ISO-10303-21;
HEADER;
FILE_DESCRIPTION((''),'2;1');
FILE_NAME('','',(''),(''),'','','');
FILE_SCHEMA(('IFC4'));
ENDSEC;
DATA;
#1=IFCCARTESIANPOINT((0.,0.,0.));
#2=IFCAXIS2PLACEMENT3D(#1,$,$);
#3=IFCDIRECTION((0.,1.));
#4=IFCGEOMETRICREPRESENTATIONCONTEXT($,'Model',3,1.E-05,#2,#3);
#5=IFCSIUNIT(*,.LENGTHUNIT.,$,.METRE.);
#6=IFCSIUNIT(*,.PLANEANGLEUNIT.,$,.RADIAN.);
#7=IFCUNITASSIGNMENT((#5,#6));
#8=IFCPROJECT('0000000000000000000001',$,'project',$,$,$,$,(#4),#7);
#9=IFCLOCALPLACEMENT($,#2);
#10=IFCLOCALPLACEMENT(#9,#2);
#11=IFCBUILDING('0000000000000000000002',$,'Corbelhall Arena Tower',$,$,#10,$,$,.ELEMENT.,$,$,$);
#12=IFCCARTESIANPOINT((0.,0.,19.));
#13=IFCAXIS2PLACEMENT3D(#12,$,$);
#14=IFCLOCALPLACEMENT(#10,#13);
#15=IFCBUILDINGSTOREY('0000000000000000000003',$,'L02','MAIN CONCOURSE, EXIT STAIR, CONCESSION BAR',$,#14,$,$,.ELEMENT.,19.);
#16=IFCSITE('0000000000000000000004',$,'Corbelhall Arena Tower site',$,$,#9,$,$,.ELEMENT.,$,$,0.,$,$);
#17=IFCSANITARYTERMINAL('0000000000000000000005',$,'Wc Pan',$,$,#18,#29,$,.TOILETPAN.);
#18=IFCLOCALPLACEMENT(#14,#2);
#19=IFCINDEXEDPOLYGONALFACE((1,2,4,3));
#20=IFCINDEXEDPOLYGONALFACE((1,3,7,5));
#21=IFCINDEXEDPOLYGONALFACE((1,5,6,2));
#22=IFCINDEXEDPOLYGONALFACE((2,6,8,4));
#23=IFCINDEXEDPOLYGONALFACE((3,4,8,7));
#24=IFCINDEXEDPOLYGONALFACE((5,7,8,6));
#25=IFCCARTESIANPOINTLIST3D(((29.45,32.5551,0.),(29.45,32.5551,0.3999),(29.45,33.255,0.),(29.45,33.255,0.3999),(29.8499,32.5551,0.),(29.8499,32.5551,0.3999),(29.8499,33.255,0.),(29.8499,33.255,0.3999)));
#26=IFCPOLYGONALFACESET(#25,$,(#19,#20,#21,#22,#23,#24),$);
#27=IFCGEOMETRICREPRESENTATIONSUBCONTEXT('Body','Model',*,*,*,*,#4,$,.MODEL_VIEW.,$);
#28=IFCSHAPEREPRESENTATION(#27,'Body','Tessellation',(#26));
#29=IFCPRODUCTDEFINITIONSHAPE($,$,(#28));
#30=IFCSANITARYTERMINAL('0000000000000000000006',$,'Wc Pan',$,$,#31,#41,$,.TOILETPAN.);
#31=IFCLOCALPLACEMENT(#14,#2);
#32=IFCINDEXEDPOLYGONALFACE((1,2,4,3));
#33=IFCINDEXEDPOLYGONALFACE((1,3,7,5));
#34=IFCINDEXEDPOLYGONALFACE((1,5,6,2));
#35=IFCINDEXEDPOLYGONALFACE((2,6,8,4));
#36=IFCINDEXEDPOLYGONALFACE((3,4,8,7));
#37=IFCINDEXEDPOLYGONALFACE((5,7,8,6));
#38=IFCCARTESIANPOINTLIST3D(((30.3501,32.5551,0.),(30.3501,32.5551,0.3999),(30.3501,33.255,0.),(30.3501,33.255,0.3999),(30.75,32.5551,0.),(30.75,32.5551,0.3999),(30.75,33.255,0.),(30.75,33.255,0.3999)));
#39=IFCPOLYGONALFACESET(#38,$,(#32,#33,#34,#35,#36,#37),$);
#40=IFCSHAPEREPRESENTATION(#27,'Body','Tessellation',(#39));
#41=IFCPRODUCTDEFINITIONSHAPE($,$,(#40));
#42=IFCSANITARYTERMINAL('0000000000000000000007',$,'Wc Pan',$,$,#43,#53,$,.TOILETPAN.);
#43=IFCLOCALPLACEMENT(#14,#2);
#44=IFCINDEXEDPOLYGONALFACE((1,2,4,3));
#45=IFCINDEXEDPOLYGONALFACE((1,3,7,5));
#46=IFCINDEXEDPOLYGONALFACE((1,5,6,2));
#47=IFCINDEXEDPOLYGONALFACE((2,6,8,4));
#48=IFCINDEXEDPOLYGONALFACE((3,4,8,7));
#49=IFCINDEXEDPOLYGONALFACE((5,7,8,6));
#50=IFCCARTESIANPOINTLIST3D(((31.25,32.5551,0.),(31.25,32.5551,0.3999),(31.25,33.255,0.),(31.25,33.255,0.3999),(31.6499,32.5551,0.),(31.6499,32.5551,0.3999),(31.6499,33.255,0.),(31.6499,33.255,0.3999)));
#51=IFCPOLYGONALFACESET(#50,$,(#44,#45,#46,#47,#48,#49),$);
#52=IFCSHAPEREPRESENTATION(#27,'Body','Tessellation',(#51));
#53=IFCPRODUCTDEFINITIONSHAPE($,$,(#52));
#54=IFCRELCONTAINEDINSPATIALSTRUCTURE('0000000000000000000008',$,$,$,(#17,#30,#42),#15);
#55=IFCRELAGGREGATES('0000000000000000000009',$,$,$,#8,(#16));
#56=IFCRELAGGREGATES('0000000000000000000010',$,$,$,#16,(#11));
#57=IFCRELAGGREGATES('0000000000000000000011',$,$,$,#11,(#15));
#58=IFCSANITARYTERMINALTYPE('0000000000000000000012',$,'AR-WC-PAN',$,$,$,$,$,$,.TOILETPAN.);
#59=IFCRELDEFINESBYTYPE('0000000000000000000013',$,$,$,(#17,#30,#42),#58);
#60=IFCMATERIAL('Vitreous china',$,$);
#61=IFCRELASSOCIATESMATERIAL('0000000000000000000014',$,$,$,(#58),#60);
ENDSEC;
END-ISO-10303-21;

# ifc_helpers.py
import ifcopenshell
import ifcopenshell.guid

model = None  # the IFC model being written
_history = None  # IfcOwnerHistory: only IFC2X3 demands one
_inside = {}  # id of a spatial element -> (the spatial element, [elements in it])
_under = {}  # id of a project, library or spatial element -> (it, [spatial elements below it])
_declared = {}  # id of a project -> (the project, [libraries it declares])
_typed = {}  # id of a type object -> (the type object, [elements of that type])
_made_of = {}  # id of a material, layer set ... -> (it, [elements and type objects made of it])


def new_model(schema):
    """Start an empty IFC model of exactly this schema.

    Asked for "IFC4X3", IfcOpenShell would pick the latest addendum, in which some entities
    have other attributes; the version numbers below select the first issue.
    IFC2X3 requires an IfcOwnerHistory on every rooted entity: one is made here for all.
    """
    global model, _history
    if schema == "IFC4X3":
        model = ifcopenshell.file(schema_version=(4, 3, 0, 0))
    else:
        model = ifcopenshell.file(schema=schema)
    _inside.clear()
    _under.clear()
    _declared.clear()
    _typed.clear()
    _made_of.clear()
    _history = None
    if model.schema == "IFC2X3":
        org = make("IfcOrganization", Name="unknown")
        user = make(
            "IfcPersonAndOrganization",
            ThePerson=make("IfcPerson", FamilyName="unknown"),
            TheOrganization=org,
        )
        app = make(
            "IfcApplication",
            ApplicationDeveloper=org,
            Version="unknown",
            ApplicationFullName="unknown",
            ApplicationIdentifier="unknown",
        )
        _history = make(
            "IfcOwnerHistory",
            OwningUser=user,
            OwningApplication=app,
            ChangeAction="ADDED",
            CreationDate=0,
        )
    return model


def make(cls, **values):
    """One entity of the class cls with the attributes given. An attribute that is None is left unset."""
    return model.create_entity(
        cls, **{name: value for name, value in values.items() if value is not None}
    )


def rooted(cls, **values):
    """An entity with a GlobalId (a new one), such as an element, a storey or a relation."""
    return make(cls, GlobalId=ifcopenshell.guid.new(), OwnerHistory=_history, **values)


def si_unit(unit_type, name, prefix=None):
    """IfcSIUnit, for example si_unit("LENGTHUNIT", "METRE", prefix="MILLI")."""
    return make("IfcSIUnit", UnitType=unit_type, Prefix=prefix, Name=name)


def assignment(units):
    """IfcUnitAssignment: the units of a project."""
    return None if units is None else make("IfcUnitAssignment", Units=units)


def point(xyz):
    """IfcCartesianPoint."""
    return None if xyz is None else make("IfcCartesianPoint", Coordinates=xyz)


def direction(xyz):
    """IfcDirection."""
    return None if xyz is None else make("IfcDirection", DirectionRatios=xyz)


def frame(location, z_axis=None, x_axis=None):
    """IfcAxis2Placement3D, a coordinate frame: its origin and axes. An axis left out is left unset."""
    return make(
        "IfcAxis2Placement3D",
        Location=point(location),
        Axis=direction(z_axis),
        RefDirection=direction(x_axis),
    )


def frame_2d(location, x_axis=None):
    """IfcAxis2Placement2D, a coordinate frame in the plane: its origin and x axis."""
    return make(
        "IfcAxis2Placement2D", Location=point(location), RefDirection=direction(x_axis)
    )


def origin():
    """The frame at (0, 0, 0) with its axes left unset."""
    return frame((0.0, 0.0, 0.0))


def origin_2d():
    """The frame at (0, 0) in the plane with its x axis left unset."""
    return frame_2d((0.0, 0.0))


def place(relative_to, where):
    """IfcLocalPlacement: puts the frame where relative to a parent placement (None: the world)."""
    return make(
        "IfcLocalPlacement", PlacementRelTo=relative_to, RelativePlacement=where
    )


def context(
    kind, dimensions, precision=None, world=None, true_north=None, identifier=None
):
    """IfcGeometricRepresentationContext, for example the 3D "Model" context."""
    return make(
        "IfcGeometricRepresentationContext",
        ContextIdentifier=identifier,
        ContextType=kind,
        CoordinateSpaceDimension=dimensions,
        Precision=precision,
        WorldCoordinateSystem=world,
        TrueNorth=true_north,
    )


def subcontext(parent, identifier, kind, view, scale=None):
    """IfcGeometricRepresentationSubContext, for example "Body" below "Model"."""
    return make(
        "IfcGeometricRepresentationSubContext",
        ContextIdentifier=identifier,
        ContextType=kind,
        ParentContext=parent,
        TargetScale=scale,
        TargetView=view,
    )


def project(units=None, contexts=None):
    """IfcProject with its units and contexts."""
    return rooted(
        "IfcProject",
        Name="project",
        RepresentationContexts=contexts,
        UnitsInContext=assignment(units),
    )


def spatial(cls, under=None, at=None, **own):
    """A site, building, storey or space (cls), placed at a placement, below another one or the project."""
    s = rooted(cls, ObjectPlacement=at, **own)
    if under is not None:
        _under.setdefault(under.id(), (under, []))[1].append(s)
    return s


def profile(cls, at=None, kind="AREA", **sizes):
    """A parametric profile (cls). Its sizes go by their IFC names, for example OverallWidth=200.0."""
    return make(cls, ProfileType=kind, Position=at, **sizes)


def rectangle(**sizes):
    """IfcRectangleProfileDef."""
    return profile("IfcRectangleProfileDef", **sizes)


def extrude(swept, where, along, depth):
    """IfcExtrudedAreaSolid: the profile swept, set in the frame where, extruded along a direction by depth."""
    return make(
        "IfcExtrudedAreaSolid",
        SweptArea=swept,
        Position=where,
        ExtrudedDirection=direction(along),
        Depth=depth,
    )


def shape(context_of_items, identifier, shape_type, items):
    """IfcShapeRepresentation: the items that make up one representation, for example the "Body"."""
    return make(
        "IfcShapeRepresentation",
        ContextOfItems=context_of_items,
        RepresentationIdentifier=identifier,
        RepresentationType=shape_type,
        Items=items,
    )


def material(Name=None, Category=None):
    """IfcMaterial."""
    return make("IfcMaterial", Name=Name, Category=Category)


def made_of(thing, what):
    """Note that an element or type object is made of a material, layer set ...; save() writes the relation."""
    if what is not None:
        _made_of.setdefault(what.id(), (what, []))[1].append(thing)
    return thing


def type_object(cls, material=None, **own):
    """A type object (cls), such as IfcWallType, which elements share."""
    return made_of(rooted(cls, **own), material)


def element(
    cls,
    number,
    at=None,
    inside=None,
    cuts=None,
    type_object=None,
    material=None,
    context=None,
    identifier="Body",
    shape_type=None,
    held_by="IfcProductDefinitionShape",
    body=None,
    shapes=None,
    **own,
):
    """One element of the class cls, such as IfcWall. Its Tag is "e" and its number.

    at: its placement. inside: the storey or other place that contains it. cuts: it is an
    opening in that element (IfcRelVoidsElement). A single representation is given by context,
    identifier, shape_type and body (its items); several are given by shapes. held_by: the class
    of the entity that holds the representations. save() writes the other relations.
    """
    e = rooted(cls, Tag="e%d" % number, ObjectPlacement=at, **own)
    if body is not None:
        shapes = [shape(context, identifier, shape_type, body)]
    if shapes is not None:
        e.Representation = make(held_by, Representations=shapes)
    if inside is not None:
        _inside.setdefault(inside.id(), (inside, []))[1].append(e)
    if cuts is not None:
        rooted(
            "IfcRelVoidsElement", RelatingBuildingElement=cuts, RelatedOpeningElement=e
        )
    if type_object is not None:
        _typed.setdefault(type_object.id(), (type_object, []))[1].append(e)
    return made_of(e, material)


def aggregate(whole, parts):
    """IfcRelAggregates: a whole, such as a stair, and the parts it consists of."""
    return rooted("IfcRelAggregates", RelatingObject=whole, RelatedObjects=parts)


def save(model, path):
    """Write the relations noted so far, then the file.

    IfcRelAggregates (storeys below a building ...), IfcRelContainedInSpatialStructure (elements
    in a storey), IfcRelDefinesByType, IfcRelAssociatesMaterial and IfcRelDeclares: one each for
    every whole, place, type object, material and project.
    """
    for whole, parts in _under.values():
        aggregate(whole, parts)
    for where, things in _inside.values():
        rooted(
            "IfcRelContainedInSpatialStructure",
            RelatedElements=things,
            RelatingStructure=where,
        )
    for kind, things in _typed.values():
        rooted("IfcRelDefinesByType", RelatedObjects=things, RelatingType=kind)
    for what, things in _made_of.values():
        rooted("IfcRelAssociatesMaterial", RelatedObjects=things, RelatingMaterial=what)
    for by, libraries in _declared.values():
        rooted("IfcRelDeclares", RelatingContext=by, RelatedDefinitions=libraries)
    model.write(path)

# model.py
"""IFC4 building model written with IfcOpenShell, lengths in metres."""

from ifc_helpers import new_model, si_unit, direction, frame, origin, origin_2d, place, context, subcontext, project, spatial, rectangle, extrude, material, type_object, element, save


model = new_model("IFC4")

# Units and contexts
model_context = context("Model", 3, precision=1e-05, world=origin(), true_north=direction((0.0, 1.0)))
body_context = subcontext(model_context, "Body", "Model", "MODEL_VIEW")
ifc_project = project(units=[si_unit("LENGTHUNIT", "METRE"), si_unit("PLANEANGLEUNIT", "RADIAN")], contexts=[model_context])

# Site, building, storey
site_placement = place(None, origin())
site = spatial("IfcSite", under=ifc_project, at=site_placement, Name="Corbelhall Arena Tower site", CompositionType="ELEMENT", RefElevation=0.0)
building_placement = place(site_placement, origin())
building = spatial("IfcBuilding", under=site, at=building_placement, Name="Corbelhall Arena Tower", CompositionType="ELEMENT")
storey_placement = place(building_placement, frame((0.0, 0.0, 19.0)))
storey = spatial("IfcBuildingStorey", under=building, at=storey_placement, Name="L02", Description="MAIN CONCOURSE, EXIT STAIR, CONCESSION BAR", CompositionType="ELEMENT", Elevation=19.0)

# Sanitary terminals
ifc_material_1 = material(Name="Vitreous china")
sanitary_terminal_type_1 = type_object("IfcSanitaryTerminalType", Name="AR-WC-PAN", PredefinedType="TOILETPAN", material=ifc_material_1)
for number, where, z_axis, x_axis, name in (
    (1, (29.6499, 32.905, 0.0), (0.0, 0.0, 1.0), (1.0, 0.0, 0.0), "Wc Pan"),
    (2, (30.55, 32.905, 0.0), (0.0, 0.0, 1.0), (1.0, 0.0, 0.0), "Wc Pan"),
    (3, (31.45, 32.905, 0.0), (0.0, 0.0, 1.0), (1.0, 0.0, 0.0), "Wc Pan"),
):
    element("IfcSanitaryTerminal", number, at=place(storey_placement, frame(where, z_axis=z_axis, x_axis=x_axis)), inside=storey, type_object=sanitary_terminal_type_1, Name=name, PredefinedType="TOILETPAN", context=body_context, shape_type="SweptSolid", body=[
        extrude(rectangle(XDim=0.3999, YDim=0.7, at=origin_2d()), origin(), (0.0, 0.0, 1.0), 0.3999),
    ])

save(model, "model.ifc")
